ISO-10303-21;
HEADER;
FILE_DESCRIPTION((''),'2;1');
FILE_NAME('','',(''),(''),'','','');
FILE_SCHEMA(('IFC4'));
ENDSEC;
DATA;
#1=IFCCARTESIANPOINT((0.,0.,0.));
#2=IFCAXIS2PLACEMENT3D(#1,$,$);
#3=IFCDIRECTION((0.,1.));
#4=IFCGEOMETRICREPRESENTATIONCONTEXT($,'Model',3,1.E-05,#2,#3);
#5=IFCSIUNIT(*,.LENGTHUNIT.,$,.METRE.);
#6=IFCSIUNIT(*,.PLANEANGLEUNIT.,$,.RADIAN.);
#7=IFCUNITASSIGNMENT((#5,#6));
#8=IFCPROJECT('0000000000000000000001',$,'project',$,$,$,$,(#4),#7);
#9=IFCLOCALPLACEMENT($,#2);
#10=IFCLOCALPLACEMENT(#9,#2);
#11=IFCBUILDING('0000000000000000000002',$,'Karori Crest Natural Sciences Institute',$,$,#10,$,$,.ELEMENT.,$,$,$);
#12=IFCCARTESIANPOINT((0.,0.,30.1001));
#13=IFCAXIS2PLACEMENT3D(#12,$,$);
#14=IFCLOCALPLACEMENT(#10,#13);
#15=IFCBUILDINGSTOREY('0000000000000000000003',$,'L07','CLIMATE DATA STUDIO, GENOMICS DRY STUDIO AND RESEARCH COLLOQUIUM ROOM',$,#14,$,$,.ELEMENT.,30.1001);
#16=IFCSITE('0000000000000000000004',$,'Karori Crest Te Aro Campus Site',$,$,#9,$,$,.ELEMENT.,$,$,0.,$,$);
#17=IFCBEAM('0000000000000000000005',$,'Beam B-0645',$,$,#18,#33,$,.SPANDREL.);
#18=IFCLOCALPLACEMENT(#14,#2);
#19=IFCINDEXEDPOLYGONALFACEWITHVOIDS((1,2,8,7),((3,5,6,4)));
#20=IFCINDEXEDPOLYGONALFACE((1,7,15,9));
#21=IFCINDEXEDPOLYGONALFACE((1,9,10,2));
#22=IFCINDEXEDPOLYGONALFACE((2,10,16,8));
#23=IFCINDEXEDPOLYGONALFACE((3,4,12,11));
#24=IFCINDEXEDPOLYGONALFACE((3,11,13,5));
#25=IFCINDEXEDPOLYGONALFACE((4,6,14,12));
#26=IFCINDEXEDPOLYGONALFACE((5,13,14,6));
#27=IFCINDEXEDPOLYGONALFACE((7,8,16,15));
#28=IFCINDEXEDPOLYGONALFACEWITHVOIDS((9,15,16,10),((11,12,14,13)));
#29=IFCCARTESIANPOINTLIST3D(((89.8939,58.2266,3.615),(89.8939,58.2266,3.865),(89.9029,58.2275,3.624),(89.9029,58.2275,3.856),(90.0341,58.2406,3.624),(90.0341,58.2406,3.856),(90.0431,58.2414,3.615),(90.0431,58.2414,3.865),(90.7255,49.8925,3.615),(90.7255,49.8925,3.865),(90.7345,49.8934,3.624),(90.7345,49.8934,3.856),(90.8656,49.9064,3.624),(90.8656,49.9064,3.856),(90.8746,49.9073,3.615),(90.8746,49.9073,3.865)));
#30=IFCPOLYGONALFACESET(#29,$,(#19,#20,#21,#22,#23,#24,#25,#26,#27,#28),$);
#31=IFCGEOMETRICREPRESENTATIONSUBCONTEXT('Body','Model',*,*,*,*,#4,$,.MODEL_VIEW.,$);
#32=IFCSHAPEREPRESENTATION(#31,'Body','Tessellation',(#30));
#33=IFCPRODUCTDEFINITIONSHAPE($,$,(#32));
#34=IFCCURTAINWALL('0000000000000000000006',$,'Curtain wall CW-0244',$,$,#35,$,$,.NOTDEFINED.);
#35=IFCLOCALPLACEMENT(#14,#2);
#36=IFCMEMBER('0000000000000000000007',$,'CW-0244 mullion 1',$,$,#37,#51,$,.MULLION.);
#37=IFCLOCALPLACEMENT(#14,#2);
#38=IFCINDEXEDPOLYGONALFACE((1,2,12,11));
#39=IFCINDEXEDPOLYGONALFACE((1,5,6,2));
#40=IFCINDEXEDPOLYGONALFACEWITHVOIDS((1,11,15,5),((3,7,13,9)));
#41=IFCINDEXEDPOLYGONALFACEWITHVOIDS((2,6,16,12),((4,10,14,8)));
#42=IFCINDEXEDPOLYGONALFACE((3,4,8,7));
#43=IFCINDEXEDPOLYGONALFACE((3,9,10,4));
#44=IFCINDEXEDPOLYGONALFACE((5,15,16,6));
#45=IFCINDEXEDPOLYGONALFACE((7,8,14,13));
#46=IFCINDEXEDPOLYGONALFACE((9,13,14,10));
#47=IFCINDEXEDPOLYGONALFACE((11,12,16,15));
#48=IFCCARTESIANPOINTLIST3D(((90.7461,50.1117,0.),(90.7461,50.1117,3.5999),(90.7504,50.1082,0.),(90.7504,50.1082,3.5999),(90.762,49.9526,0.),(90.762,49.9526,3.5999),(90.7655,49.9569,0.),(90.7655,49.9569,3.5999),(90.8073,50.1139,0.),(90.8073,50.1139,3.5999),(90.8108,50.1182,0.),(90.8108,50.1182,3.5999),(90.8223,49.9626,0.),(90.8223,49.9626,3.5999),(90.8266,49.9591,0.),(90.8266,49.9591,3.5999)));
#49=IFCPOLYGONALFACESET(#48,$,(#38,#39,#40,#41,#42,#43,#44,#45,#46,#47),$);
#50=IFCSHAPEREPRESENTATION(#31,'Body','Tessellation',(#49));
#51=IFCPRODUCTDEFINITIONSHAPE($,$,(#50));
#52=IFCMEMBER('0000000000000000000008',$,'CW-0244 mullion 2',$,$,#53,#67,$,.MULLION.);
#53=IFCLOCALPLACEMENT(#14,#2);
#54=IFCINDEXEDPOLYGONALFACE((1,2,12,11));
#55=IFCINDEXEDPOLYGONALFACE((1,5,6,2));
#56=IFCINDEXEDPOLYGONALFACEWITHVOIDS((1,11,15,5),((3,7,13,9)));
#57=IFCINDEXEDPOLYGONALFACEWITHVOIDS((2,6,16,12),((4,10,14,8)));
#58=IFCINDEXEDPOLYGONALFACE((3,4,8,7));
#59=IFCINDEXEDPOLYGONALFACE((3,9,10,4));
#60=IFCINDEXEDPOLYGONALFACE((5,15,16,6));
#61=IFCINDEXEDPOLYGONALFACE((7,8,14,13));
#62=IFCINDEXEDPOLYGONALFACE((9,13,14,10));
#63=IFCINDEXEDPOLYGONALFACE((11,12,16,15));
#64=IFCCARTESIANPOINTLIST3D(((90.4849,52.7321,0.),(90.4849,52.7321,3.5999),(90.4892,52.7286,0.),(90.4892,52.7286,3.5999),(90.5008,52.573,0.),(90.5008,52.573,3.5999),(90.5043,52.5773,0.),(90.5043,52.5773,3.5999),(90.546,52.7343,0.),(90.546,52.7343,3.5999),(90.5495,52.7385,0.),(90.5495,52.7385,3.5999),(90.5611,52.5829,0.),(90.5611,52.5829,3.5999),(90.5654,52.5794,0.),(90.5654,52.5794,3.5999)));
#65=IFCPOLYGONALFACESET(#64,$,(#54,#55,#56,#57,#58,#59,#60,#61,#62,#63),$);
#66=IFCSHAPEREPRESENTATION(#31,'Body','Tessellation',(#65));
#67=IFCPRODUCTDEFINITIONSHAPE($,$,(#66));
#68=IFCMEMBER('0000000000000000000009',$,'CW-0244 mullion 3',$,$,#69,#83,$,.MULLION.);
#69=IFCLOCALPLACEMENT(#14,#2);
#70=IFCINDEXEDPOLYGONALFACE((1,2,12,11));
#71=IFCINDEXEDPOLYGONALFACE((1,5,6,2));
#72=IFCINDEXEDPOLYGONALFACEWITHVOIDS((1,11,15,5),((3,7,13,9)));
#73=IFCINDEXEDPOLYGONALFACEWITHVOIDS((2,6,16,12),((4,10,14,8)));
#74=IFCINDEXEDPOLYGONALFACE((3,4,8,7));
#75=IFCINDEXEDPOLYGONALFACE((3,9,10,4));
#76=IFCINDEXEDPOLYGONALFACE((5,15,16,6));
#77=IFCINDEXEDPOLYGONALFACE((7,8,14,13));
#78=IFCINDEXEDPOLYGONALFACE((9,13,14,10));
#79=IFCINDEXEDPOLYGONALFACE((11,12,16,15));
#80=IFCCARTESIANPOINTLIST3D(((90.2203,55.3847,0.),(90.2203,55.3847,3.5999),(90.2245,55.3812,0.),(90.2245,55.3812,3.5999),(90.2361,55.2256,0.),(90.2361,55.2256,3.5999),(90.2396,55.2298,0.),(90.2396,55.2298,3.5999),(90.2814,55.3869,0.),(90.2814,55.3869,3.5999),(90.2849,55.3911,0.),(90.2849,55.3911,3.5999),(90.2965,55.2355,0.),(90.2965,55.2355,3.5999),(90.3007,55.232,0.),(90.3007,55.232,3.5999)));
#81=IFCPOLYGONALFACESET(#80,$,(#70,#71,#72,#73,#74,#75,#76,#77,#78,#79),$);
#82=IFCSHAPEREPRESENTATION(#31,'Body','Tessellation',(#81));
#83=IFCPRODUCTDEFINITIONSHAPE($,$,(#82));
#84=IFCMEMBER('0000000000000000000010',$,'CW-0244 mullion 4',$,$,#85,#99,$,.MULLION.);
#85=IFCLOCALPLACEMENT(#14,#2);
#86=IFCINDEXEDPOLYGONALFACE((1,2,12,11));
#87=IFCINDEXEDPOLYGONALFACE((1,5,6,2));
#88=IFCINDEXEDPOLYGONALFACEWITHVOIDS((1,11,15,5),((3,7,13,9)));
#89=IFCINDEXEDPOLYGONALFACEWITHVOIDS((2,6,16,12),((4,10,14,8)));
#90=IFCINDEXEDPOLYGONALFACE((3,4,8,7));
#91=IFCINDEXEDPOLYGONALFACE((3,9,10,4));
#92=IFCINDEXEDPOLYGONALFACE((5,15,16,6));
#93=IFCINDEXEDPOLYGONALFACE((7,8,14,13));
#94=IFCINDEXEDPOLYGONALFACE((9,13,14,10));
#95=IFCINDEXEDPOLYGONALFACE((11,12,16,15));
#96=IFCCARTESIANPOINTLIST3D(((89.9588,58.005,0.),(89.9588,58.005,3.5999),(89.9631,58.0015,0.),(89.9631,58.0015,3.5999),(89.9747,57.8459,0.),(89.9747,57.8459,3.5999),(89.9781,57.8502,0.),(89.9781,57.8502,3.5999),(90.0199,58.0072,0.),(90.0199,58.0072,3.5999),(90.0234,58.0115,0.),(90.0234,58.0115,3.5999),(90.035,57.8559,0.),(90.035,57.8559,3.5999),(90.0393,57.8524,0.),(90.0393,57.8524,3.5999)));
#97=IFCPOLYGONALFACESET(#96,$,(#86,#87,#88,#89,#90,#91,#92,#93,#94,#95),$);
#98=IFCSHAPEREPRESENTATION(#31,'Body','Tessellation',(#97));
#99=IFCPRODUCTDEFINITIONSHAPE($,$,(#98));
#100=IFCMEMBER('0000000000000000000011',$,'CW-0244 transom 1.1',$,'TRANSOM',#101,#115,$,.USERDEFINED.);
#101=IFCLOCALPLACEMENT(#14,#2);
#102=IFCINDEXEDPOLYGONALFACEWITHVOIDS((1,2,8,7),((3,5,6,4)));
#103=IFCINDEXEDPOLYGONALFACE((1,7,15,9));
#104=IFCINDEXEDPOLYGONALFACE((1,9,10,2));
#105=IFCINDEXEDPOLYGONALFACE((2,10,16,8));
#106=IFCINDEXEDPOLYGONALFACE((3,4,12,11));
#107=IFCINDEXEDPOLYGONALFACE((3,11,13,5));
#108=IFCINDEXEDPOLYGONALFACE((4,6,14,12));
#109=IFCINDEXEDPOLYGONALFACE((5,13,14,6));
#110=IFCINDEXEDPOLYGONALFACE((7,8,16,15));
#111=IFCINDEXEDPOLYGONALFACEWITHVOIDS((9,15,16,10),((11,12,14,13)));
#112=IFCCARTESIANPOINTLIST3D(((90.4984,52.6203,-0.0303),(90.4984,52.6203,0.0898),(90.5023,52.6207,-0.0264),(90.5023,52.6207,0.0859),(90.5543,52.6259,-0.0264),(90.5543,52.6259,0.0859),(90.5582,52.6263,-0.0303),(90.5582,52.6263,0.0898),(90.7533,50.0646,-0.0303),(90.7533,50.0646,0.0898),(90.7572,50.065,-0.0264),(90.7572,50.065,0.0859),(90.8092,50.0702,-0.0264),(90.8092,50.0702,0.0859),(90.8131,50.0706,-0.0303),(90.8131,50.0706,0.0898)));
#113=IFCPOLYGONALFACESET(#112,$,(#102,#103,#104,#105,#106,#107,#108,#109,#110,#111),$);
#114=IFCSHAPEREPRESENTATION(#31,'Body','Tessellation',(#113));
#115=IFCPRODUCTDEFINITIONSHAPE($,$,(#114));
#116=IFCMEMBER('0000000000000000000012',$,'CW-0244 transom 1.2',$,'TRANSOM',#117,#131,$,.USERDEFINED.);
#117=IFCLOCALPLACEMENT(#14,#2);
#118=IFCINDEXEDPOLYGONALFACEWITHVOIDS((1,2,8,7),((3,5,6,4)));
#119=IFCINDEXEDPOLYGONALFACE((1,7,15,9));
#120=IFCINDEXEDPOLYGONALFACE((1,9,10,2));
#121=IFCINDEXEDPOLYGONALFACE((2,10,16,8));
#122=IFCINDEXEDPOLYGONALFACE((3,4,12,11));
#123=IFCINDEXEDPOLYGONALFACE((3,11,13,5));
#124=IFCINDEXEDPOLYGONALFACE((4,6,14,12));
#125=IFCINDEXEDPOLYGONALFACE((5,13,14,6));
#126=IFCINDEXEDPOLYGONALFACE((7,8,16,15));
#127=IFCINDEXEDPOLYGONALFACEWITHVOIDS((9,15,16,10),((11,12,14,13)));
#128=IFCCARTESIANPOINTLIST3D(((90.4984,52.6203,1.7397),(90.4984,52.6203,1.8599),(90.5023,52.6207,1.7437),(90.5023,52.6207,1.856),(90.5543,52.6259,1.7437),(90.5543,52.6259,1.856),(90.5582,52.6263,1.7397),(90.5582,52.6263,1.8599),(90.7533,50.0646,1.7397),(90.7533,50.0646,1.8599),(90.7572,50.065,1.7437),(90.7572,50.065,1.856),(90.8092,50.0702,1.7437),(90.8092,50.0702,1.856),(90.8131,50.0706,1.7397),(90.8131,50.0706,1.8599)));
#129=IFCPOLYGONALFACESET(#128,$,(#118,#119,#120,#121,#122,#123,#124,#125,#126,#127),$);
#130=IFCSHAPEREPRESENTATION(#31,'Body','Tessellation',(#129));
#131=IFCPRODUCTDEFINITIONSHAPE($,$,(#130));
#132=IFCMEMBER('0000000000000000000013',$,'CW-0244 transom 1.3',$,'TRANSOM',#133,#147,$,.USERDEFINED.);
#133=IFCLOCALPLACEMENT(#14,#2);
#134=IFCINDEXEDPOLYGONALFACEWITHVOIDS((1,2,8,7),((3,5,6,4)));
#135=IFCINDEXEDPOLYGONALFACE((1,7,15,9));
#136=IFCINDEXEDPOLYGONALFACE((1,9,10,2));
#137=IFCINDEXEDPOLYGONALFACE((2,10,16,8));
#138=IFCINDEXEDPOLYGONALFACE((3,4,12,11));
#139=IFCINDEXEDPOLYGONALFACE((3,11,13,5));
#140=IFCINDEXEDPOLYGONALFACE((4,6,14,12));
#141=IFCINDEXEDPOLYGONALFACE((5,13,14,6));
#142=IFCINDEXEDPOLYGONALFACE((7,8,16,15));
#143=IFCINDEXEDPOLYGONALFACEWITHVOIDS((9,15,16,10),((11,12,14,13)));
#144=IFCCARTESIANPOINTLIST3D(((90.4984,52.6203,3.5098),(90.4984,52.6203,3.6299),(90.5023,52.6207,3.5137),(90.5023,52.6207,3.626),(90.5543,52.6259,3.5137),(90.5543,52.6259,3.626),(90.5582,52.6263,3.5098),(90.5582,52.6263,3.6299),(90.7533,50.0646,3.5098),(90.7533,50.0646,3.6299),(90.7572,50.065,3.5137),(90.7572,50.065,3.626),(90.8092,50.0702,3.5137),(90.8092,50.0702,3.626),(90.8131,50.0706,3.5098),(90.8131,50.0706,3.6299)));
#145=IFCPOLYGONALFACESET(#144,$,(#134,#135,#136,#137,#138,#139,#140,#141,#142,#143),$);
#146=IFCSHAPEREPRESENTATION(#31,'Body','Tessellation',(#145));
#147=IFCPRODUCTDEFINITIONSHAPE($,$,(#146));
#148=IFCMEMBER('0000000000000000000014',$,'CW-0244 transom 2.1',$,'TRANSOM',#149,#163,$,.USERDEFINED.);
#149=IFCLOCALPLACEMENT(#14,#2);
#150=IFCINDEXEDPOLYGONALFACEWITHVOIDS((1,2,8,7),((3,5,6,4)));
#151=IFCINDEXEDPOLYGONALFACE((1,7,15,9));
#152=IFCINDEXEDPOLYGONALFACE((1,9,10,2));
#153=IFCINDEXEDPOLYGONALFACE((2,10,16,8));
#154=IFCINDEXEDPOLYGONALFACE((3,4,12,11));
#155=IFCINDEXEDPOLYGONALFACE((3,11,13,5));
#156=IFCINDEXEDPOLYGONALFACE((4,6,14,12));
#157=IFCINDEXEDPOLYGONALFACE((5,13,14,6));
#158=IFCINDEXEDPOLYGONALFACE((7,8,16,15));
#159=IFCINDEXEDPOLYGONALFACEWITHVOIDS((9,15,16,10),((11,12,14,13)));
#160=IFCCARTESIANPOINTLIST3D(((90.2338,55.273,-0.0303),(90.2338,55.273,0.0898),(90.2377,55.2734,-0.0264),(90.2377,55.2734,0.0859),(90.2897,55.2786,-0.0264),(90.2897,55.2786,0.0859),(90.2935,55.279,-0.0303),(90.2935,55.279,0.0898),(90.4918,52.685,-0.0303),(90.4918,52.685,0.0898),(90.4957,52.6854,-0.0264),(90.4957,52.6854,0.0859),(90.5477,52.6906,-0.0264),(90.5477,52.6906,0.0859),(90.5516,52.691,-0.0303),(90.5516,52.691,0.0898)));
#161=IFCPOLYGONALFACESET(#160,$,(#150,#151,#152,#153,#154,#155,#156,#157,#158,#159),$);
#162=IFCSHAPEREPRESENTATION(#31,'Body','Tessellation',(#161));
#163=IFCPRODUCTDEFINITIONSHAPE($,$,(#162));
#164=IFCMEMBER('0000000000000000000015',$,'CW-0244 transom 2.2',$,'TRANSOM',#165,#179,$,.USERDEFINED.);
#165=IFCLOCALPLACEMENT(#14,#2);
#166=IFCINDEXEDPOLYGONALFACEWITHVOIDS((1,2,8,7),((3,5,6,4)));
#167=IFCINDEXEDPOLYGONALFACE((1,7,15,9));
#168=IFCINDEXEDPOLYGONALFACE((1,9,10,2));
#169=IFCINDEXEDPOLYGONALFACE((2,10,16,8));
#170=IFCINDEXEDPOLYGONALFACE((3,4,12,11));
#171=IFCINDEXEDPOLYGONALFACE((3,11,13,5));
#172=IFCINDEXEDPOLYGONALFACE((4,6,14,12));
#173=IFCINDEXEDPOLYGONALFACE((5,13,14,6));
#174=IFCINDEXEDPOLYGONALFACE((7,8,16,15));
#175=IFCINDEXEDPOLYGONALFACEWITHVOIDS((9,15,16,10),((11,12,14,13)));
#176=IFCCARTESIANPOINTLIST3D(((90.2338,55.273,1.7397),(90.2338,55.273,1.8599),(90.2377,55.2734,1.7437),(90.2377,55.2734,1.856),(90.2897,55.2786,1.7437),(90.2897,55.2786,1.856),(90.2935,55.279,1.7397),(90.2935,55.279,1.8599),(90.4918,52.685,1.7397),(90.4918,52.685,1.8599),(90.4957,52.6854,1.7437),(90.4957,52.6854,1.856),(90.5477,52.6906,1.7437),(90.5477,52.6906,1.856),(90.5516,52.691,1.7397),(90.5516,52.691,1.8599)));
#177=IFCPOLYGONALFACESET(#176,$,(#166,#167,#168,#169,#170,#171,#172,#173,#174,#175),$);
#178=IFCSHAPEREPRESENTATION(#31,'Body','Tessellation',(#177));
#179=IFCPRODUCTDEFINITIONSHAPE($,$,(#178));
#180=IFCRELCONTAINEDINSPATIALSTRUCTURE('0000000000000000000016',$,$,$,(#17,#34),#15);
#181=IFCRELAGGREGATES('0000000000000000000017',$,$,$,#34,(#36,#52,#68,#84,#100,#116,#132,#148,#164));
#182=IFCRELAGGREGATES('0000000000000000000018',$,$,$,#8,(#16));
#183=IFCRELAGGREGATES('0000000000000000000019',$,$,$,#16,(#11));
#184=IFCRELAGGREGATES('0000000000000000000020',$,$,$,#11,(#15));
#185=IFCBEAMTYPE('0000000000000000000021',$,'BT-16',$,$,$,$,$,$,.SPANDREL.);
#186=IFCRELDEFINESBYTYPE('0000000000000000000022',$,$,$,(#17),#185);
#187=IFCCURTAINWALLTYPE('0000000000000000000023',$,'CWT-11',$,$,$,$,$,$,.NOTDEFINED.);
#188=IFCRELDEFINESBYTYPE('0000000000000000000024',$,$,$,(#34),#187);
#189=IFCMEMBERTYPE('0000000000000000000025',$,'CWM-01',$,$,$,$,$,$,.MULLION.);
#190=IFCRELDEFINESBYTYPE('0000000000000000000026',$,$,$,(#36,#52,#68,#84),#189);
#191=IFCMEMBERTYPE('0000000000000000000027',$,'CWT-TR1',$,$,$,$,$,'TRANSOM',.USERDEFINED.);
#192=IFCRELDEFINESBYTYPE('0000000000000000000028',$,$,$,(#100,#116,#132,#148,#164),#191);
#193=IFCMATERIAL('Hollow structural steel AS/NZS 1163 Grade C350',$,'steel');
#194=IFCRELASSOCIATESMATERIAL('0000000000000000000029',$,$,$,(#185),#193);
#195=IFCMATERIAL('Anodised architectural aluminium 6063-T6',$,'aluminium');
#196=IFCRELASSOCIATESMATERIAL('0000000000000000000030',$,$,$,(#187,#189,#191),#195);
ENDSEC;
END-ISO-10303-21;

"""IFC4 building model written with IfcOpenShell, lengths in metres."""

from ifc_helpers import new_model, si_unit, direction, frame, origin, origin_2d, place, context, subcontext, project, spatial, hollow_rectangle, extrude, material, material_profile, profile_set, type_object, element, aggregate, save


model = new_model("IFC4")

# Units and contexts
model_context = context("Model", 3, precision=1e-05, world=origin(), true_north=direction((0.0, 1.0)))
body_context = subcontext(model_context, "Body", "Model", "MODEL_VIEW")
ifc_project = project(units=[si_unit("LENGTHUNIT", "METRE"), si_unit("PLANEANGLEUNIT", "RADIAN")], contexts=[model_context])

# Site, building, storey
site_placement = place(None, origin())
site = spatial("IfcSite", under=ifc_project, at=site_placement, Name="Karori Crest Te Aro Campus Site", CompositionType="ELEMENT", RefElevation=0.0)
building_placement = place(site_placement, origin())
building = spatial("IfcBuilding", under=site, at=building_placement, Name="Karori Crest Natural Sciences Institute", CompositionType="ELEMENT")
storey_placement = place(building_placement, frame((0.0, 0.0, 30.1001)))
storey = spatial("IfcBuildingStorey", under=building, at=storey_placement, Name="L07", Description="CLIMATE DATA STUDIO, GENOMICS DRY STUDIO AND RESEARCH COLLOQUIUM ROOM", CompositionType="ELEMENT", Elevation=30.1001)

# Beam
ifc_material_1 = material(Name="Hollow structural steel AS/NZS 1163 Grade C350", Category="steel")
ifc_material_profile_1 = material_profile(ifc_material_1, hollow_rectangle(XDim=0.1499, YDim=0.25, WallThickness=0.009, at=origin_2d()), Name="RHS250x150x9")
ifc_profile_set_1 = profile_set([ifc_material_profile_1], Name="Hollow structural steel AS/NZS 1163 Grade C350")
beam_type_1 = type_object("IfcBeamType", Name="BT-16", PredefinedType="SPANDREL", material=ifc_profile_set_1)
beam_1_placement = place(storey_placement, frame((90.8, 49.8999, 3.74), z_axis=(-0.099284, 0.995059, 0.0), x_axis=(-0.995059, -0.099284, 0.0)))
element("IfcBeam", 1, at=beam_1_placement, inside=storey, type_object=beam_type_1, Name="Beam B-0645", PredefinedType="SPANDREL", context=body_context, shape_type="SweptSolid", body=[
    extrude(hollow_rectangle(XDim=0.1499, YDim=0.25, WallThickness=0.009, at=origin_2d()), origin(), (0.0, 0.0, 1.0), 8.3755),
])

# Curtain wall, members
ifc_material_2 = material(Name="Anodised architectural aluminium 6063-T6", Category="aluminium")
curtain_wall_type = type_object("IfcCurtainWallType", Name="CWT-11", PredefinedType="NOTDEFINED", material=ifc_material_2)
curtain_wall_placement = place(storey_placement, origin())
curtain_wall = element("IfcCurtainWall", 2, at=curtain_wall_placement, inside=storey, type_object=curtain_wall_type, Name="Curtain wall CW-0244", PredefinedType="NOTDEFINED")
ifc_material_profile_2 = material_profile(ifc_material_2, hollow_rectangle(XDim=0.0649, YDim=0.1599, WallThickness=0.0039, at=origin_2d()), Name="CWM160x65x4")
ifc_profile_set_2 = profile_set([ifc_material_profile_2], Name="Anodised architectural aluminium 6063-T6")
member_type_1 = type_object("IfcMemberType", Name="CWM-01", PredefinedType="MULLION", material=ifc_profile_set_2)
member_1_placement = place(storey_placement, frame((90.7864, 50.0354, 0.0), z_axis=(0.0, 0.0, 1.0), x_axis=(-0.995061, -0.099268, 0.0)))
member_1 = element("IfcMember", 3, at=member_1_placement, type_object=member_type_1, Name="CW-0244 mullion 1", PredefinedType="MULLION", context=body_context, shape_type="SweptSolid", body=[
    extrude(hollow_rectangle(XDim=0.0649, YDim=0.1599, WallThickness=0.0039, at=origin_2d()), origin(), (0.0, 0.0, 1.0), 3.5999),
])
member_2_placement = place(storey_placement, frame((90.5251, 52.6558, 0.0), z_axis=(0.0, 0.0, 1.0), x_axis=(-0.995061, -0.099268, 0.0)))
member_2 = element("IfcMember", 4, at=member_2_placement, type_object=member_type_1, Name="CW-0244 mullion 2", PredefinedType="MULLION", context=body_context, shape_type="SweptSolid", body=[
    extrude(hollow_rectangle(XDim=0.0649, YDim=0.1599, WallThickness=0.0039, at=origin_2d()), origin(), (0.0, 0.0, 1.0), 3.5999),
])
member_3_placement = place(storey_placement, frame((90.2605, 55.3083, 0.0), z_axis=(0.0, 0.0, 1.0), x_axis=(-0.995061, -0.099268, 0.0)))
member_3 = element("IfcMember", 5, at=member_3_placement, type_object=member_type_1, Name="CW-0244 mullion 3", PredefinedType="MULLION", context=body_context, shape_type="SweptSolid", body=[
    extrude(hollow_rectangle(XDim=0.0649, YDim=0.1599, WallThickness=0.0039, at=origin_2d()), origin(), (0.0, 0.0, 1.0), 3.5999),
])
member_4_placement = place(storey_placement, frame((89.999, 57.9287, 0.0), z_axis=(0.0, 0.0, 1.0), x_axis=(-0.995061, -0.099268, 0.0)))
member_4 = element("IfcMember", 6, at=member_4_placement, type_object=member_type_1, Name="CW-0244 mullion 4", PredefinedType="MULLION", context=body_context, shape_type="SweptSolid", body=[
    extrude(hollow_rectangle(XDim=0.0649, YDim=0.1599, WallThickness=0.0039, at=origin_2d()), origin(), (0.0, 0.0, 1.0), 3.5999),
])
ifc_material_profile_3 = material_profile(ifc_material_2, hollow_rectangle(XDim=0.0601, YDim=0.1201, WallThickness=0.0039, at=origin_2d()), Name="CWT120x60x4")
ifc_profile_set_3 = profile_set([ifc_material_profile_3], Name="Anodised architectural aluminium 6063-T6")
member_type_2 = type_object("IfcMemberType", Name="CWT-TR1", ElementType="TRANSOM", PredefinedType="USERDEFINED", material=ifc_profile_set_3)
member_5_placement = place(storey_placement, frame((90.7832, 50.0676, 0.0298), z_axis=(-0.09924, 0.995064, 0.0), x_axis=(-0.995064, -0.09924, 0.0)))
member_5 = element("IfcMember", 7, at=member_5_placement, type_object=member_type_2, Name="CW-0244 transom 1.1", ObjectType="TRANSOM", PredefinedType="USERDEFINED", context=body_context, shape_type="SweptSolid", body=[
    extrude(hollow_rectangle(XDim=0.0601, YDim=0.1201, WallThickness=0.0039, at=origin_2d()), origin(), (0.0, 0.0, 1.0), 2.5684),
])
member_6_placement = place(storey_placement, frame((90.7832, 50.0676, 1.7998), z_axis=(-0.09924, 0.995064, 0.0), x_axis=(-0.995064, -0.09924, 0.0)))
member_6 = element("IfcMember", 8, at=member_6_placement, type_object=member_type_2, Name="CW-0244 transom 1.2", ObjectType="TRANSOM", PredefinedType="USERDEFINED", context=body_context, shape_type="SweptSolid", body=[
    extrude(hollow_rectangle(XDim=0.0601, YDim=0.1201, WallThickness=0.0039, at=origin_2d()), origin(), (0.0, 0.0, 1.0), 2.5684),
])
member_7_placement = place(storey_placement, frame((90.7832, 50.0676, 3.5698), z_axis=(-0.09924, 0.995064, 0.0), x_axis=(-0.995064, -0.09924, 0.0)))
member_7 = element("IfcMember", 9, at=member_7_placement, type_object=member_type_2, Name="CW-0244 transom 1.3", ObjectType="TRANSOM", PredefinedType="USERDEFINED", context=body_context, shape_type="SweptSolid", body=[
    extrude(hollow_rectangle(XDim=0.0601, YDim=0.1201, WallThickness=0.0039, at=origin_2d()), origin(), (0.0, 0.0, 1.0), 2.5684),
])
member_8_placement = place(storey_placement, frame((90.5217, 52.688, 0.0298), z_axis=(-0.099225, 0.995065, 0.0), x_axis=(-0.995065, -0.099225, 0.0)))
member_8 = element("IfcMember", 10, at=member_8_placement, type_object=member_type_2, Name="CW-0244 transom 2.1", ObjectType="TRANSOM", PredefinedType="USERDEFINED", context=body_context, shape_type="SweptSolid", body=[
    extrude(hollow_rectangle(XDim=0.0601, YDim=0.1201, WallThickness=0.0039, at=origin_2d()), origin(), (0.0, 0.0, 1.0), 2.6008),
])
member_9_placement = place(storey_placement, frame((90.5217, 52.688, 1.7998), z_axis=(-0.099225, 0.995065, 0.0), x_axis=(-0.995065, -0.099225, 0.0)))
member_9 = element("IfcMember", 11, at=member_9_placement, type_object=member_type_2, Name="CW-0244 transom 2.2", ObjectType="TRANSOM", PredefinedType="USERDEFINED", context=body_context, shape_type="SweptSolid", body=[
    extrude(hollow_rectangle(XDim=0.0601, YDim=0.1201, WallThickness=0.0039, at=origin_2d()), origin(), (0.0, 0.0, 1.0), 2.6008),
])
aggregate(curtain_wall, [member_1, member_2, member_3, member_4, member_5, member_6, member_7, member_8, member_9])

save(model, "model.ifc")
